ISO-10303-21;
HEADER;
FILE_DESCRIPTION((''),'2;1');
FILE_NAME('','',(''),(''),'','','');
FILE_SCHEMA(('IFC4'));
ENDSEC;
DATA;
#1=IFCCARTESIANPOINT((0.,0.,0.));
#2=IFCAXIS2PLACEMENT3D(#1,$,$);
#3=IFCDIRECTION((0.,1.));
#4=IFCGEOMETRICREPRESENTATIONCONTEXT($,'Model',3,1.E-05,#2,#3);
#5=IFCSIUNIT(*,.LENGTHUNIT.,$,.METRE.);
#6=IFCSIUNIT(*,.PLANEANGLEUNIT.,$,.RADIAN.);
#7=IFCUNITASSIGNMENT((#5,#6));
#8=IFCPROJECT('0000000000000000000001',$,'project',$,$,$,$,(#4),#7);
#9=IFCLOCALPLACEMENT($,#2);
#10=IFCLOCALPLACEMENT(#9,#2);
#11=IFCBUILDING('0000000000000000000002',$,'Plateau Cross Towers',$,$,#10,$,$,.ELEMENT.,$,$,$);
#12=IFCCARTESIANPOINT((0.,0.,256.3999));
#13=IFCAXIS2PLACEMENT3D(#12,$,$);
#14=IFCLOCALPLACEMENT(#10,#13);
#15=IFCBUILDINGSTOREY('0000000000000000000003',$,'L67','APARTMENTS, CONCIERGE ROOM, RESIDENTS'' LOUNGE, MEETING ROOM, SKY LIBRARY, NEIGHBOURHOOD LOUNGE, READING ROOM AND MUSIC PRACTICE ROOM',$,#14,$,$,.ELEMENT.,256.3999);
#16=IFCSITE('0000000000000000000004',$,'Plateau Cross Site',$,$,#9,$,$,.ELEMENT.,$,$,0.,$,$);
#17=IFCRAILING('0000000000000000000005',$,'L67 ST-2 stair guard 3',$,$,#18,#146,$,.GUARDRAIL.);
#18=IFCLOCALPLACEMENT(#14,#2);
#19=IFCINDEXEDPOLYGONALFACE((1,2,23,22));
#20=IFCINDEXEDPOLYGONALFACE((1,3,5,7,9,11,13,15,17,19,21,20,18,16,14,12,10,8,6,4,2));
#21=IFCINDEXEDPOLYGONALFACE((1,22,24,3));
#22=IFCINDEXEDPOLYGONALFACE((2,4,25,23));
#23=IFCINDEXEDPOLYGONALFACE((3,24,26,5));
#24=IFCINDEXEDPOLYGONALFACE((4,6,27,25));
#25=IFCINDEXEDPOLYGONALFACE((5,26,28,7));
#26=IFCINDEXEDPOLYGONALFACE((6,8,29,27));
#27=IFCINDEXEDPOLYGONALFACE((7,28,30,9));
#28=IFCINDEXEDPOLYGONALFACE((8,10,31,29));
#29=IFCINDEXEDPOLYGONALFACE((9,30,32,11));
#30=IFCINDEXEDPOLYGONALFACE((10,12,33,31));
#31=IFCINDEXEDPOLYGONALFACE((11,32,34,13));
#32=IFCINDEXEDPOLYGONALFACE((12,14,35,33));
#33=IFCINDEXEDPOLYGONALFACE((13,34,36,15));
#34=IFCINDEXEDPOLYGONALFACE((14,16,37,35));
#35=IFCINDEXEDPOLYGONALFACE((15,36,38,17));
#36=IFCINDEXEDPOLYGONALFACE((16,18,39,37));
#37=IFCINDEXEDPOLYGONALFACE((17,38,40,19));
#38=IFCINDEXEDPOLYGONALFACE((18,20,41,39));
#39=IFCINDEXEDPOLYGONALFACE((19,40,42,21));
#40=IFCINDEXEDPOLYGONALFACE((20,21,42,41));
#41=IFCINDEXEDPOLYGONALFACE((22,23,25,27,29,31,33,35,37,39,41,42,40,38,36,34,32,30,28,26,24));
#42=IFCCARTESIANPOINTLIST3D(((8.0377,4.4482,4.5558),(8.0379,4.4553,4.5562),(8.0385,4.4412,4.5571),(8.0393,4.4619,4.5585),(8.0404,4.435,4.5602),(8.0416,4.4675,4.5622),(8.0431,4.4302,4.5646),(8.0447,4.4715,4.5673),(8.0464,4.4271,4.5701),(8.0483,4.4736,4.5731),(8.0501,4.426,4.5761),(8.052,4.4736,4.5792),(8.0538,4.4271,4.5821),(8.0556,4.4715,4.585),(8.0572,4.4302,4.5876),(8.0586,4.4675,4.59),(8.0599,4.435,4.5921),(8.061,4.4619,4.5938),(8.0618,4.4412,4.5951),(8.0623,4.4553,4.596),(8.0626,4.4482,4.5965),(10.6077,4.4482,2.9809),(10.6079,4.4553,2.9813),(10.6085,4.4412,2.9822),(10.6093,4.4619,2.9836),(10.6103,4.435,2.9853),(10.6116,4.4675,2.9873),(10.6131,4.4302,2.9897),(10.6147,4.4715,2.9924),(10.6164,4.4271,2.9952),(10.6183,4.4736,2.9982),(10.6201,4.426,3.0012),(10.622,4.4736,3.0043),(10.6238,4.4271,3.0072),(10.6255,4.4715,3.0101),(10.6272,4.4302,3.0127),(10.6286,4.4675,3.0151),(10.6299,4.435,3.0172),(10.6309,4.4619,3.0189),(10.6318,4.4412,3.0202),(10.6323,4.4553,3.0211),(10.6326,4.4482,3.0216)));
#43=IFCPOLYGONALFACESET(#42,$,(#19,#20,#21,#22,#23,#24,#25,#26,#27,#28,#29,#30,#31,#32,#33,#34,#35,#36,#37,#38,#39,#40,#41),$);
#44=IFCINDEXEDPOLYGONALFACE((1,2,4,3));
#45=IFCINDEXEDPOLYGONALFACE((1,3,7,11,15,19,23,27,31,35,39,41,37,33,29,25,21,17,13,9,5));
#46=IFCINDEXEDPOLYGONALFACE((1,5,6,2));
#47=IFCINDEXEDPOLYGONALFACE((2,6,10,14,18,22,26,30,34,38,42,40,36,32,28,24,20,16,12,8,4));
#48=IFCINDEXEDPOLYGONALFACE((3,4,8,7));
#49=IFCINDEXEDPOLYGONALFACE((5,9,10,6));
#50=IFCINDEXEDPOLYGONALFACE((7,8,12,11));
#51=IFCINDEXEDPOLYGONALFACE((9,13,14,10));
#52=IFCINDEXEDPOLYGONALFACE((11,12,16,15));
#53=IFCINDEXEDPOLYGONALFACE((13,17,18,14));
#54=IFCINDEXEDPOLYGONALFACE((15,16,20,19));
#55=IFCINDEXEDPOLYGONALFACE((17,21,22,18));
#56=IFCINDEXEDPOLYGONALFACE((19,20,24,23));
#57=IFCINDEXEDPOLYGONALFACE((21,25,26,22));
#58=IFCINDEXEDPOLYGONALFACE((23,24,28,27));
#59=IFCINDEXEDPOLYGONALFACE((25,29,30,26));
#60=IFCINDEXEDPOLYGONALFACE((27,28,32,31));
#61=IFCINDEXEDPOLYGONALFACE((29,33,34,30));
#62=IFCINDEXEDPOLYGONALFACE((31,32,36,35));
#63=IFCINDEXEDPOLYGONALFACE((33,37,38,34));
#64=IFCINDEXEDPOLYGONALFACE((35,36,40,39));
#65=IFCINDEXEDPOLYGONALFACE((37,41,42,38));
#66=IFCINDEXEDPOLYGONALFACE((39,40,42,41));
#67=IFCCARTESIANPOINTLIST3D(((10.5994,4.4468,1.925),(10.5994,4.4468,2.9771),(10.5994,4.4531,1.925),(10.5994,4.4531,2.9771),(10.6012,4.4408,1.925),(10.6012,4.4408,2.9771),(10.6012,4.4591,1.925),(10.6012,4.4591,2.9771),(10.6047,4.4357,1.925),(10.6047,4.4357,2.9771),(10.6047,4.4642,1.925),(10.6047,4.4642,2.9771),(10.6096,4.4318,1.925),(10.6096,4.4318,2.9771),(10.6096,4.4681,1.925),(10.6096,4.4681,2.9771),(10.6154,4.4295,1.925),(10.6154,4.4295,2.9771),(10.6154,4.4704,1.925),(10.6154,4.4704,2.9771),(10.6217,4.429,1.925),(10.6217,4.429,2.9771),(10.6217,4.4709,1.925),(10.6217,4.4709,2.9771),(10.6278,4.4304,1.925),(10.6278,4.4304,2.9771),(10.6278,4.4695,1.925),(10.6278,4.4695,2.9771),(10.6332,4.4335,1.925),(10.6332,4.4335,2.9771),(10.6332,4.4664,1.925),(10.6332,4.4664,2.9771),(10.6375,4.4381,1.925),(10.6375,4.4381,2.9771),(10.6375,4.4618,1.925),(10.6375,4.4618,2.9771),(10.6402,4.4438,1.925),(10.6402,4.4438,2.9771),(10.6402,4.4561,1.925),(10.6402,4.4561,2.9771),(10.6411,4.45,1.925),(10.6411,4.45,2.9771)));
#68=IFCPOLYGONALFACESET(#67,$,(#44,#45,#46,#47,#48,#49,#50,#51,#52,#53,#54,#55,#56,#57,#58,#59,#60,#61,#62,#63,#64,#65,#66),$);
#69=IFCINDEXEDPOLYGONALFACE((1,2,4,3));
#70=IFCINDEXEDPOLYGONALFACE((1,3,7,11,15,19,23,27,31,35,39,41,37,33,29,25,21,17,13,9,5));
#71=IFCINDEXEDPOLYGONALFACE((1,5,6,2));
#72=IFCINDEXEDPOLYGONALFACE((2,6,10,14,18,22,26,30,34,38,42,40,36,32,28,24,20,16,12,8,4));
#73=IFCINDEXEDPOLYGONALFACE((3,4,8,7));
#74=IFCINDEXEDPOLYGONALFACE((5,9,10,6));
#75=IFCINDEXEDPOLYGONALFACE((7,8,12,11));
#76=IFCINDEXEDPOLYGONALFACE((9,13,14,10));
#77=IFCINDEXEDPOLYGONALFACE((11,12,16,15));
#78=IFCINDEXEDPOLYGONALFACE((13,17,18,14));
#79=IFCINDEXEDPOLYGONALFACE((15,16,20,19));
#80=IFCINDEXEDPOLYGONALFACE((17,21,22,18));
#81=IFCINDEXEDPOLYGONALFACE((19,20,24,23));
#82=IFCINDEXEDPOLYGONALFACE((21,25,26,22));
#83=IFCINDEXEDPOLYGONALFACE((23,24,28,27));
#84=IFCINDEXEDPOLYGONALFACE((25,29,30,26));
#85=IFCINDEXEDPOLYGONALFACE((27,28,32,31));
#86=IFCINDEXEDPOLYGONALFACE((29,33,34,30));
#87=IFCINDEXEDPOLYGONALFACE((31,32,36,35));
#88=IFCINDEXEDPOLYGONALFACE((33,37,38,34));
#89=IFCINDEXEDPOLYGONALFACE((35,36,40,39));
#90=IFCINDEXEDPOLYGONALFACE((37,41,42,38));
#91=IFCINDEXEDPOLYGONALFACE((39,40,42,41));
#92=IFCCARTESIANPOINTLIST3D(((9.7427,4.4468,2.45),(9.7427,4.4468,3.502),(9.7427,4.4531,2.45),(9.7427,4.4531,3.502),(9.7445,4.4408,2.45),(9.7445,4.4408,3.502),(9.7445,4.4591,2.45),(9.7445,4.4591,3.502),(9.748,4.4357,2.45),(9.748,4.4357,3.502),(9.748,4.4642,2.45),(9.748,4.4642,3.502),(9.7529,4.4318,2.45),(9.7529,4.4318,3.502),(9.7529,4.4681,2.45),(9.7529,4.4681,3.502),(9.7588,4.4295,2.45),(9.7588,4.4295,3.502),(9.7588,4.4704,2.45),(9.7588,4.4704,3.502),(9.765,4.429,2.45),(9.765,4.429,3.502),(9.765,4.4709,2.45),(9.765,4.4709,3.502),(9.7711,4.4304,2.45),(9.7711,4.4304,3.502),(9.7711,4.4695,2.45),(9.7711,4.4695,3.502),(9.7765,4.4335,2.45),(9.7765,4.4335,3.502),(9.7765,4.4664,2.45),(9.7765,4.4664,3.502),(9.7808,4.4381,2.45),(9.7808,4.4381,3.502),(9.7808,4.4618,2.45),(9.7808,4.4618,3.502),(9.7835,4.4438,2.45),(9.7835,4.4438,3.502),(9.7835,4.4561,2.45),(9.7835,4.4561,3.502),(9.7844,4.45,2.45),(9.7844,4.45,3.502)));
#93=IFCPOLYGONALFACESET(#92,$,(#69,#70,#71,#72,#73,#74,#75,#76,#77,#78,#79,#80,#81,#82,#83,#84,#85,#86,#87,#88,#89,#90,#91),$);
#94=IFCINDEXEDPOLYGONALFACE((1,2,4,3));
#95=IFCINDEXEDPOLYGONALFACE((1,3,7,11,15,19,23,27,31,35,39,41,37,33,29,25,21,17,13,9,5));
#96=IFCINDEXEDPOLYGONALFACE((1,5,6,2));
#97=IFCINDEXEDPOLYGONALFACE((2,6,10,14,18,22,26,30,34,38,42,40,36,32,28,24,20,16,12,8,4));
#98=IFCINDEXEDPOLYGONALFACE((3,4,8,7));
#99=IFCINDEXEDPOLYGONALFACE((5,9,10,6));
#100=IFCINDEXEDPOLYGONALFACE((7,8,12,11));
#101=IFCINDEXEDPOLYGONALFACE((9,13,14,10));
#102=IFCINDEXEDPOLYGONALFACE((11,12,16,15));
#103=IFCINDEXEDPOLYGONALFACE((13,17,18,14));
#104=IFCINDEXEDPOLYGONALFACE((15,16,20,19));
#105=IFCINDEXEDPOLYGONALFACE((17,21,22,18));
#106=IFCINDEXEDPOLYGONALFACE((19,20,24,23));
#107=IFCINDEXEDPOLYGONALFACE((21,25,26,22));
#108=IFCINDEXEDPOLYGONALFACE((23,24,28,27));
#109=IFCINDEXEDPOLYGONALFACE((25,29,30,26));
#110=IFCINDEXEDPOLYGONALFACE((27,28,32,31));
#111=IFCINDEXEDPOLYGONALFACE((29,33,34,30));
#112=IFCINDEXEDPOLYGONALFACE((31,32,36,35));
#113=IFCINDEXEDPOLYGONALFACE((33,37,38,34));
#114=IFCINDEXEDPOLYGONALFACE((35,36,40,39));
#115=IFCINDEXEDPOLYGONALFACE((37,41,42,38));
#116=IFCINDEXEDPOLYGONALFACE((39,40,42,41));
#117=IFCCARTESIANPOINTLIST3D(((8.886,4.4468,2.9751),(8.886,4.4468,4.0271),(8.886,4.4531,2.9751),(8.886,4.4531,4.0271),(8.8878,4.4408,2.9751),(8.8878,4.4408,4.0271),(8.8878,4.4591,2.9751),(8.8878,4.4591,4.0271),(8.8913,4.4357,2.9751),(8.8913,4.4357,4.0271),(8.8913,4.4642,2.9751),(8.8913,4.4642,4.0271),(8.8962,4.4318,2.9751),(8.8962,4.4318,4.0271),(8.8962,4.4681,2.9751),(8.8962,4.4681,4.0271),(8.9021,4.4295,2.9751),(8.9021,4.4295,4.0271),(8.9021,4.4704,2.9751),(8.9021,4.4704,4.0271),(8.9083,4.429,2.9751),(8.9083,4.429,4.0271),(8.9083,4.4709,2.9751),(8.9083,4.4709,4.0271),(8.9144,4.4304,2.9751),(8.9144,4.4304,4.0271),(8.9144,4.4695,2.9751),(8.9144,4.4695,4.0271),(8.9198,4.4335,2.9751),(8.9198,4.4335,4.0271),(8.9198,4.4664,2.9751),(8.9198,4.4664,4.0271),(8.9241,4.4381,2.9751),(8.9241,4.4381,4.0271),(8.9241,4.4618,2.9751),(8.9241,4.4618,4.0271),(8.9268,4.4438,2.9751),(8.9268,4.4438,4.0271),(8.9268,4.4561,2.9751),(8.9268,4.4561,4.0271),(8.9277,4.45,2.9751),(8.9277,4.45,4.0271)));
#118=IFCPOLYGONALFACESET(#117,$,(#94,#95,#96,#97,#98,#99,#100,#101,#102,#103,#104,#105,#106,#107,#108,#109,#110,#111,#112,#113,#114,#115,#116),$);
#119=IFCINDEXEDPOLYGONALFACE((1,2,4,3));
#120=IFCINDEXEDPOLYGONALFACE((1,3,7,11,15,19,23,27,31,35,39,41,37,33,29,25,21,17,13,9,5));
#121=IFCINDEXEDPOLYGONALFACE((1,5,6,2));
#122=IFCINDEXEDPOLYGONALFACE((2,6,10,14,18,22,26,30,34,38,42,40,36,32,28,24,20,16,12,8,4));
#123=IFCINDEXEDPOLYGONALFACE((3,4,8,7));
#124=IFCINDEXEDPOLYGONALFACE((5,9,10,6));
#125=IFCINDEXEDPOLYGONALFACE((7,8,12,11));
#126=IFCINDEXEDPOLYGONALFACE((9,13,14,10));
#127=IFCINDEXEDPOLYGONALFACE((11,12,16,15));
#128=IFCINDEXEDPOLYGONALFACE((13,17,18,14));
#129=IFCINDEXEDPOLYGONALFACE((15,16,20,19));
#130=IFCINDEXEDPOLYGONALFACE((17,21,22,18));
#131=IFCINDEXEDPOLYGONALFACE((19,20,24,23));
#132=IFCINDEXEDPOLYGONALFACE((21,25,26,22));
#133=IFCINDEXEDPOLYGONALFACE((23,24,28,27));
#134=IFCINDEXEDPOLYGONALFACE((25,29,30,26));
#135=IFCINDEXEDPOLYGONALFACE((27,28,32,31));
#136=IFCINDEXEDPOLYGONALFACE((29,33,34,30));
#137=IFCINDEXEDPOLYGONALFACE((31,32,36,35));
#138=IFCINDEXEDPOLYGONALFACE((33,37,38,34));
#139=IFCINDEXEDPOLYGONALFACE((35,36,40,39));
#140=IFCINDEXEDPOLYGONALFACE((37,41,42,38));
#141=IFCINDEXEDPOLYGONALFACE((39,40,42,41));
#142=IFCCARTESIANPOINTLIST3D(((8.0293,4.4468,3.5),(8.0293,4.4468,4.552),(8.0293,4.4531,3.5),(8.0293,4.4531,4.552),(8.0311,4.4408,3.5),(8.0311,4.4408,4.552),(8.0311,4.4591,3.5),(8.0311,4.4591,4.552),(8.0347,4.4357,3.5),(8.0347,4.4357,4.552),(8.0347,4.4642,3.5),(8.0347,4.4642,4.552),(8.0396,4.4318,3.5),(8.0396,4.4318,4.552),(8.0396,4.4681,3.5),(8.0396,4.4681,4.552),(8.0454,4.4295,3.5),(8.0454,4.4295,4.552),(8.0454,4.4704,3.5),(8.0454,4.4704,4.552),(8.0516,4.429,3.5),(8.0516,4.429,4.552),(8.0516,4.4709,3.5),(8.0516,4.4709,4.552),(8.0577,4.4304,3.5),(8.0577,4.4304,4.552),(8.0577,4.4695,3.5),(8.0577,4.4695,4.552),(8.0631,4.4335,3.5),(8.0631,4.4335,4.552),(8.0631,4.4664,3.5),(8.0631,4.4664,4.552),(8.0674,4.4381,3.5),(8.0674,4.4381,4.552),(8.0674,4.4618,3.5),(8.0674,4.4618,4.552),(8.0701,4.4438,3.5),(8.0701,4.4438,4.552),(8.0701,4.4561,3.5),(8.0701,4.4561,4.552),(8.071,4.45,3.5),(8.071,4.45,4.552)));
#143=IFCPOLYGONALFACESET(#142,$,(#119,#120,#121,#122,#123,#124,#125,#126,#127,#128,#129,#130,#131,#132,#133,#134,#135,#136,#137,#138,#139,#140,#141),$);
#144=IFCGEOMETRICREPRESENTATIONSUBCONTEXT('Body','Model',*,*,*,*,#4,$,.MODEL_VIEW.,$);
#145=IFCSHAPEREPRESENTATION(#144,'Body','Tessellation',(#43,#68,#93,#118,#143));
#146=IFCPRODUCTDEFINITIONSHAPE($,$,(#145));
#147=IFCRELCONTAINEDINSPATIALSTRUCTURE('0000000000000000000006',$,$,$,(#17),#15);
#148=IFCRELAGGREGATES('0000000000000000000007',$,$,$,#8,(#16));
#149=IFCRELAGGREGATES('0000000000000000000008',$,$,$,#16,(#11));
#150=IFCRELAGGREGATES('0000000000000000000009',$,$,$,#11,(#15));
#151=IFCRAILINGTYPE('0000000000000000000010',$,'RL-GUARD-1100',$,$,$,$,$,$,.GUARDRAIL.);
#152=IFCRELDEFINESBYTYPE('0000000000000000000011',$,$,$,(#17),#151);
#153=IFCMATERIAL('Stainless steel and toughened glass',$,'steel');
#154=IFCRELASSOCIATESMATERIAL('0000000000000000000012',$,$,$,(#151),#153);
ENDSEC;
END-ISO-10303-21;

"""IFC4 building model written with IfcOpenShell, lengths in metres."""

from ifc_helpers import new_model, si_unit, direction, frame, origin, origin_2d, place, context, subcontext, project, spatial, circle, extrude, material, type_object, element, save


model = new_model("IFC4")

# Units and contexts
model_context = context("Model", 3, precision=1e-05, world=origin(), true_north=direction((0.0, 1.0)))
body_context = subcontext(model_context, "Body", "Model", "MODEL_VIEW")
ifc_project = project(units=[si_unit("LENGTHUNIT", "METRE"), si_unit("PLANEANGLEUNIT", "RADIAN")], contexts=[model_context])

# Site, building, storey
site_placement = place(None, origin())
site = spatial("IfcSite", under=ifc_project, at=site_placement, Name="Plateau Cross Site", CompositionType="ELEMENT", RefElevation=0.0)
building_placement = place(site_placement, origin())
building = spatial("IfcBuilding", under=site, at=building_placement, Name="Plateau Cross Towers", CompositionType="ELEMENT")
storey_placement = place(building_placement, frame((0.0, 0.0, 256.3999)))
storey = spatial("IfcBuildingStorey", under=building, at=storey_placement, Name="L67", Description="APARTMENTS, CONCIERGE ROOM, RESIDENTS' LOUNGE, MEETING ROOM, SKY LIBRARY, NEIGHBOURHOOD LOUNGE, READING ROOM AND MUSIC PRACTICE ROOM", CompositionType="ELEMENT", Elevation=256.3999)

# Railing
ifc_material_1 = material(Name="Stainless steel and toughened glass", Category="steel")
railing_type_1 = type_object("IfcRailingType", Name="RL-GUARD-1100", PredefinedType="GUARDRAIL", material=ifc_material_1)
railing_1_placement = place(storey_placement, frame((10.6201, 4.45, 1.925)))
element("IfcRailing", 1, at=railing_1_placement, inside=storey, type_object=railing_type_1, Name="L67 ST-2 stair guard 3", PredefinedType="GUARDRAIL", context=body_context, shape_type="SweptSolid", body=[
    extrude(circle(Radius=0.0239, at=origin_2d()), frame((0.0, 0.0, 1.0762), z_axis=(-0.852639, 0.0, 0.522501), x_axis=(0.0, -1.0, 0.0)), (0.0, 0.0, 1.0), 3.0142),
    extrude(circle(Radius=0.021, at=origin_2d()), origin(), (0.0, 0.0, 1.0), 1.052),
    extrude(circle(Radius=0.021, at=origin_2d()), frame((-0.8567, 0.0, 0.5249)), (0.0, 0.0, 1.0), 1.052),
    extrude(circle(Radius=0.021, at=origin_2d()), frame((-1.7134, 0.0, 1.05)), (0.0, 0.0, 1.0), 1.052),
    extrude(circle(Radius=0.021, at=origin_2d()), frame((-2.5701, 0.0, 1.575)), (0.0, 0.0, 1.0), 1.052),
])

save(model, "model.ifc")
